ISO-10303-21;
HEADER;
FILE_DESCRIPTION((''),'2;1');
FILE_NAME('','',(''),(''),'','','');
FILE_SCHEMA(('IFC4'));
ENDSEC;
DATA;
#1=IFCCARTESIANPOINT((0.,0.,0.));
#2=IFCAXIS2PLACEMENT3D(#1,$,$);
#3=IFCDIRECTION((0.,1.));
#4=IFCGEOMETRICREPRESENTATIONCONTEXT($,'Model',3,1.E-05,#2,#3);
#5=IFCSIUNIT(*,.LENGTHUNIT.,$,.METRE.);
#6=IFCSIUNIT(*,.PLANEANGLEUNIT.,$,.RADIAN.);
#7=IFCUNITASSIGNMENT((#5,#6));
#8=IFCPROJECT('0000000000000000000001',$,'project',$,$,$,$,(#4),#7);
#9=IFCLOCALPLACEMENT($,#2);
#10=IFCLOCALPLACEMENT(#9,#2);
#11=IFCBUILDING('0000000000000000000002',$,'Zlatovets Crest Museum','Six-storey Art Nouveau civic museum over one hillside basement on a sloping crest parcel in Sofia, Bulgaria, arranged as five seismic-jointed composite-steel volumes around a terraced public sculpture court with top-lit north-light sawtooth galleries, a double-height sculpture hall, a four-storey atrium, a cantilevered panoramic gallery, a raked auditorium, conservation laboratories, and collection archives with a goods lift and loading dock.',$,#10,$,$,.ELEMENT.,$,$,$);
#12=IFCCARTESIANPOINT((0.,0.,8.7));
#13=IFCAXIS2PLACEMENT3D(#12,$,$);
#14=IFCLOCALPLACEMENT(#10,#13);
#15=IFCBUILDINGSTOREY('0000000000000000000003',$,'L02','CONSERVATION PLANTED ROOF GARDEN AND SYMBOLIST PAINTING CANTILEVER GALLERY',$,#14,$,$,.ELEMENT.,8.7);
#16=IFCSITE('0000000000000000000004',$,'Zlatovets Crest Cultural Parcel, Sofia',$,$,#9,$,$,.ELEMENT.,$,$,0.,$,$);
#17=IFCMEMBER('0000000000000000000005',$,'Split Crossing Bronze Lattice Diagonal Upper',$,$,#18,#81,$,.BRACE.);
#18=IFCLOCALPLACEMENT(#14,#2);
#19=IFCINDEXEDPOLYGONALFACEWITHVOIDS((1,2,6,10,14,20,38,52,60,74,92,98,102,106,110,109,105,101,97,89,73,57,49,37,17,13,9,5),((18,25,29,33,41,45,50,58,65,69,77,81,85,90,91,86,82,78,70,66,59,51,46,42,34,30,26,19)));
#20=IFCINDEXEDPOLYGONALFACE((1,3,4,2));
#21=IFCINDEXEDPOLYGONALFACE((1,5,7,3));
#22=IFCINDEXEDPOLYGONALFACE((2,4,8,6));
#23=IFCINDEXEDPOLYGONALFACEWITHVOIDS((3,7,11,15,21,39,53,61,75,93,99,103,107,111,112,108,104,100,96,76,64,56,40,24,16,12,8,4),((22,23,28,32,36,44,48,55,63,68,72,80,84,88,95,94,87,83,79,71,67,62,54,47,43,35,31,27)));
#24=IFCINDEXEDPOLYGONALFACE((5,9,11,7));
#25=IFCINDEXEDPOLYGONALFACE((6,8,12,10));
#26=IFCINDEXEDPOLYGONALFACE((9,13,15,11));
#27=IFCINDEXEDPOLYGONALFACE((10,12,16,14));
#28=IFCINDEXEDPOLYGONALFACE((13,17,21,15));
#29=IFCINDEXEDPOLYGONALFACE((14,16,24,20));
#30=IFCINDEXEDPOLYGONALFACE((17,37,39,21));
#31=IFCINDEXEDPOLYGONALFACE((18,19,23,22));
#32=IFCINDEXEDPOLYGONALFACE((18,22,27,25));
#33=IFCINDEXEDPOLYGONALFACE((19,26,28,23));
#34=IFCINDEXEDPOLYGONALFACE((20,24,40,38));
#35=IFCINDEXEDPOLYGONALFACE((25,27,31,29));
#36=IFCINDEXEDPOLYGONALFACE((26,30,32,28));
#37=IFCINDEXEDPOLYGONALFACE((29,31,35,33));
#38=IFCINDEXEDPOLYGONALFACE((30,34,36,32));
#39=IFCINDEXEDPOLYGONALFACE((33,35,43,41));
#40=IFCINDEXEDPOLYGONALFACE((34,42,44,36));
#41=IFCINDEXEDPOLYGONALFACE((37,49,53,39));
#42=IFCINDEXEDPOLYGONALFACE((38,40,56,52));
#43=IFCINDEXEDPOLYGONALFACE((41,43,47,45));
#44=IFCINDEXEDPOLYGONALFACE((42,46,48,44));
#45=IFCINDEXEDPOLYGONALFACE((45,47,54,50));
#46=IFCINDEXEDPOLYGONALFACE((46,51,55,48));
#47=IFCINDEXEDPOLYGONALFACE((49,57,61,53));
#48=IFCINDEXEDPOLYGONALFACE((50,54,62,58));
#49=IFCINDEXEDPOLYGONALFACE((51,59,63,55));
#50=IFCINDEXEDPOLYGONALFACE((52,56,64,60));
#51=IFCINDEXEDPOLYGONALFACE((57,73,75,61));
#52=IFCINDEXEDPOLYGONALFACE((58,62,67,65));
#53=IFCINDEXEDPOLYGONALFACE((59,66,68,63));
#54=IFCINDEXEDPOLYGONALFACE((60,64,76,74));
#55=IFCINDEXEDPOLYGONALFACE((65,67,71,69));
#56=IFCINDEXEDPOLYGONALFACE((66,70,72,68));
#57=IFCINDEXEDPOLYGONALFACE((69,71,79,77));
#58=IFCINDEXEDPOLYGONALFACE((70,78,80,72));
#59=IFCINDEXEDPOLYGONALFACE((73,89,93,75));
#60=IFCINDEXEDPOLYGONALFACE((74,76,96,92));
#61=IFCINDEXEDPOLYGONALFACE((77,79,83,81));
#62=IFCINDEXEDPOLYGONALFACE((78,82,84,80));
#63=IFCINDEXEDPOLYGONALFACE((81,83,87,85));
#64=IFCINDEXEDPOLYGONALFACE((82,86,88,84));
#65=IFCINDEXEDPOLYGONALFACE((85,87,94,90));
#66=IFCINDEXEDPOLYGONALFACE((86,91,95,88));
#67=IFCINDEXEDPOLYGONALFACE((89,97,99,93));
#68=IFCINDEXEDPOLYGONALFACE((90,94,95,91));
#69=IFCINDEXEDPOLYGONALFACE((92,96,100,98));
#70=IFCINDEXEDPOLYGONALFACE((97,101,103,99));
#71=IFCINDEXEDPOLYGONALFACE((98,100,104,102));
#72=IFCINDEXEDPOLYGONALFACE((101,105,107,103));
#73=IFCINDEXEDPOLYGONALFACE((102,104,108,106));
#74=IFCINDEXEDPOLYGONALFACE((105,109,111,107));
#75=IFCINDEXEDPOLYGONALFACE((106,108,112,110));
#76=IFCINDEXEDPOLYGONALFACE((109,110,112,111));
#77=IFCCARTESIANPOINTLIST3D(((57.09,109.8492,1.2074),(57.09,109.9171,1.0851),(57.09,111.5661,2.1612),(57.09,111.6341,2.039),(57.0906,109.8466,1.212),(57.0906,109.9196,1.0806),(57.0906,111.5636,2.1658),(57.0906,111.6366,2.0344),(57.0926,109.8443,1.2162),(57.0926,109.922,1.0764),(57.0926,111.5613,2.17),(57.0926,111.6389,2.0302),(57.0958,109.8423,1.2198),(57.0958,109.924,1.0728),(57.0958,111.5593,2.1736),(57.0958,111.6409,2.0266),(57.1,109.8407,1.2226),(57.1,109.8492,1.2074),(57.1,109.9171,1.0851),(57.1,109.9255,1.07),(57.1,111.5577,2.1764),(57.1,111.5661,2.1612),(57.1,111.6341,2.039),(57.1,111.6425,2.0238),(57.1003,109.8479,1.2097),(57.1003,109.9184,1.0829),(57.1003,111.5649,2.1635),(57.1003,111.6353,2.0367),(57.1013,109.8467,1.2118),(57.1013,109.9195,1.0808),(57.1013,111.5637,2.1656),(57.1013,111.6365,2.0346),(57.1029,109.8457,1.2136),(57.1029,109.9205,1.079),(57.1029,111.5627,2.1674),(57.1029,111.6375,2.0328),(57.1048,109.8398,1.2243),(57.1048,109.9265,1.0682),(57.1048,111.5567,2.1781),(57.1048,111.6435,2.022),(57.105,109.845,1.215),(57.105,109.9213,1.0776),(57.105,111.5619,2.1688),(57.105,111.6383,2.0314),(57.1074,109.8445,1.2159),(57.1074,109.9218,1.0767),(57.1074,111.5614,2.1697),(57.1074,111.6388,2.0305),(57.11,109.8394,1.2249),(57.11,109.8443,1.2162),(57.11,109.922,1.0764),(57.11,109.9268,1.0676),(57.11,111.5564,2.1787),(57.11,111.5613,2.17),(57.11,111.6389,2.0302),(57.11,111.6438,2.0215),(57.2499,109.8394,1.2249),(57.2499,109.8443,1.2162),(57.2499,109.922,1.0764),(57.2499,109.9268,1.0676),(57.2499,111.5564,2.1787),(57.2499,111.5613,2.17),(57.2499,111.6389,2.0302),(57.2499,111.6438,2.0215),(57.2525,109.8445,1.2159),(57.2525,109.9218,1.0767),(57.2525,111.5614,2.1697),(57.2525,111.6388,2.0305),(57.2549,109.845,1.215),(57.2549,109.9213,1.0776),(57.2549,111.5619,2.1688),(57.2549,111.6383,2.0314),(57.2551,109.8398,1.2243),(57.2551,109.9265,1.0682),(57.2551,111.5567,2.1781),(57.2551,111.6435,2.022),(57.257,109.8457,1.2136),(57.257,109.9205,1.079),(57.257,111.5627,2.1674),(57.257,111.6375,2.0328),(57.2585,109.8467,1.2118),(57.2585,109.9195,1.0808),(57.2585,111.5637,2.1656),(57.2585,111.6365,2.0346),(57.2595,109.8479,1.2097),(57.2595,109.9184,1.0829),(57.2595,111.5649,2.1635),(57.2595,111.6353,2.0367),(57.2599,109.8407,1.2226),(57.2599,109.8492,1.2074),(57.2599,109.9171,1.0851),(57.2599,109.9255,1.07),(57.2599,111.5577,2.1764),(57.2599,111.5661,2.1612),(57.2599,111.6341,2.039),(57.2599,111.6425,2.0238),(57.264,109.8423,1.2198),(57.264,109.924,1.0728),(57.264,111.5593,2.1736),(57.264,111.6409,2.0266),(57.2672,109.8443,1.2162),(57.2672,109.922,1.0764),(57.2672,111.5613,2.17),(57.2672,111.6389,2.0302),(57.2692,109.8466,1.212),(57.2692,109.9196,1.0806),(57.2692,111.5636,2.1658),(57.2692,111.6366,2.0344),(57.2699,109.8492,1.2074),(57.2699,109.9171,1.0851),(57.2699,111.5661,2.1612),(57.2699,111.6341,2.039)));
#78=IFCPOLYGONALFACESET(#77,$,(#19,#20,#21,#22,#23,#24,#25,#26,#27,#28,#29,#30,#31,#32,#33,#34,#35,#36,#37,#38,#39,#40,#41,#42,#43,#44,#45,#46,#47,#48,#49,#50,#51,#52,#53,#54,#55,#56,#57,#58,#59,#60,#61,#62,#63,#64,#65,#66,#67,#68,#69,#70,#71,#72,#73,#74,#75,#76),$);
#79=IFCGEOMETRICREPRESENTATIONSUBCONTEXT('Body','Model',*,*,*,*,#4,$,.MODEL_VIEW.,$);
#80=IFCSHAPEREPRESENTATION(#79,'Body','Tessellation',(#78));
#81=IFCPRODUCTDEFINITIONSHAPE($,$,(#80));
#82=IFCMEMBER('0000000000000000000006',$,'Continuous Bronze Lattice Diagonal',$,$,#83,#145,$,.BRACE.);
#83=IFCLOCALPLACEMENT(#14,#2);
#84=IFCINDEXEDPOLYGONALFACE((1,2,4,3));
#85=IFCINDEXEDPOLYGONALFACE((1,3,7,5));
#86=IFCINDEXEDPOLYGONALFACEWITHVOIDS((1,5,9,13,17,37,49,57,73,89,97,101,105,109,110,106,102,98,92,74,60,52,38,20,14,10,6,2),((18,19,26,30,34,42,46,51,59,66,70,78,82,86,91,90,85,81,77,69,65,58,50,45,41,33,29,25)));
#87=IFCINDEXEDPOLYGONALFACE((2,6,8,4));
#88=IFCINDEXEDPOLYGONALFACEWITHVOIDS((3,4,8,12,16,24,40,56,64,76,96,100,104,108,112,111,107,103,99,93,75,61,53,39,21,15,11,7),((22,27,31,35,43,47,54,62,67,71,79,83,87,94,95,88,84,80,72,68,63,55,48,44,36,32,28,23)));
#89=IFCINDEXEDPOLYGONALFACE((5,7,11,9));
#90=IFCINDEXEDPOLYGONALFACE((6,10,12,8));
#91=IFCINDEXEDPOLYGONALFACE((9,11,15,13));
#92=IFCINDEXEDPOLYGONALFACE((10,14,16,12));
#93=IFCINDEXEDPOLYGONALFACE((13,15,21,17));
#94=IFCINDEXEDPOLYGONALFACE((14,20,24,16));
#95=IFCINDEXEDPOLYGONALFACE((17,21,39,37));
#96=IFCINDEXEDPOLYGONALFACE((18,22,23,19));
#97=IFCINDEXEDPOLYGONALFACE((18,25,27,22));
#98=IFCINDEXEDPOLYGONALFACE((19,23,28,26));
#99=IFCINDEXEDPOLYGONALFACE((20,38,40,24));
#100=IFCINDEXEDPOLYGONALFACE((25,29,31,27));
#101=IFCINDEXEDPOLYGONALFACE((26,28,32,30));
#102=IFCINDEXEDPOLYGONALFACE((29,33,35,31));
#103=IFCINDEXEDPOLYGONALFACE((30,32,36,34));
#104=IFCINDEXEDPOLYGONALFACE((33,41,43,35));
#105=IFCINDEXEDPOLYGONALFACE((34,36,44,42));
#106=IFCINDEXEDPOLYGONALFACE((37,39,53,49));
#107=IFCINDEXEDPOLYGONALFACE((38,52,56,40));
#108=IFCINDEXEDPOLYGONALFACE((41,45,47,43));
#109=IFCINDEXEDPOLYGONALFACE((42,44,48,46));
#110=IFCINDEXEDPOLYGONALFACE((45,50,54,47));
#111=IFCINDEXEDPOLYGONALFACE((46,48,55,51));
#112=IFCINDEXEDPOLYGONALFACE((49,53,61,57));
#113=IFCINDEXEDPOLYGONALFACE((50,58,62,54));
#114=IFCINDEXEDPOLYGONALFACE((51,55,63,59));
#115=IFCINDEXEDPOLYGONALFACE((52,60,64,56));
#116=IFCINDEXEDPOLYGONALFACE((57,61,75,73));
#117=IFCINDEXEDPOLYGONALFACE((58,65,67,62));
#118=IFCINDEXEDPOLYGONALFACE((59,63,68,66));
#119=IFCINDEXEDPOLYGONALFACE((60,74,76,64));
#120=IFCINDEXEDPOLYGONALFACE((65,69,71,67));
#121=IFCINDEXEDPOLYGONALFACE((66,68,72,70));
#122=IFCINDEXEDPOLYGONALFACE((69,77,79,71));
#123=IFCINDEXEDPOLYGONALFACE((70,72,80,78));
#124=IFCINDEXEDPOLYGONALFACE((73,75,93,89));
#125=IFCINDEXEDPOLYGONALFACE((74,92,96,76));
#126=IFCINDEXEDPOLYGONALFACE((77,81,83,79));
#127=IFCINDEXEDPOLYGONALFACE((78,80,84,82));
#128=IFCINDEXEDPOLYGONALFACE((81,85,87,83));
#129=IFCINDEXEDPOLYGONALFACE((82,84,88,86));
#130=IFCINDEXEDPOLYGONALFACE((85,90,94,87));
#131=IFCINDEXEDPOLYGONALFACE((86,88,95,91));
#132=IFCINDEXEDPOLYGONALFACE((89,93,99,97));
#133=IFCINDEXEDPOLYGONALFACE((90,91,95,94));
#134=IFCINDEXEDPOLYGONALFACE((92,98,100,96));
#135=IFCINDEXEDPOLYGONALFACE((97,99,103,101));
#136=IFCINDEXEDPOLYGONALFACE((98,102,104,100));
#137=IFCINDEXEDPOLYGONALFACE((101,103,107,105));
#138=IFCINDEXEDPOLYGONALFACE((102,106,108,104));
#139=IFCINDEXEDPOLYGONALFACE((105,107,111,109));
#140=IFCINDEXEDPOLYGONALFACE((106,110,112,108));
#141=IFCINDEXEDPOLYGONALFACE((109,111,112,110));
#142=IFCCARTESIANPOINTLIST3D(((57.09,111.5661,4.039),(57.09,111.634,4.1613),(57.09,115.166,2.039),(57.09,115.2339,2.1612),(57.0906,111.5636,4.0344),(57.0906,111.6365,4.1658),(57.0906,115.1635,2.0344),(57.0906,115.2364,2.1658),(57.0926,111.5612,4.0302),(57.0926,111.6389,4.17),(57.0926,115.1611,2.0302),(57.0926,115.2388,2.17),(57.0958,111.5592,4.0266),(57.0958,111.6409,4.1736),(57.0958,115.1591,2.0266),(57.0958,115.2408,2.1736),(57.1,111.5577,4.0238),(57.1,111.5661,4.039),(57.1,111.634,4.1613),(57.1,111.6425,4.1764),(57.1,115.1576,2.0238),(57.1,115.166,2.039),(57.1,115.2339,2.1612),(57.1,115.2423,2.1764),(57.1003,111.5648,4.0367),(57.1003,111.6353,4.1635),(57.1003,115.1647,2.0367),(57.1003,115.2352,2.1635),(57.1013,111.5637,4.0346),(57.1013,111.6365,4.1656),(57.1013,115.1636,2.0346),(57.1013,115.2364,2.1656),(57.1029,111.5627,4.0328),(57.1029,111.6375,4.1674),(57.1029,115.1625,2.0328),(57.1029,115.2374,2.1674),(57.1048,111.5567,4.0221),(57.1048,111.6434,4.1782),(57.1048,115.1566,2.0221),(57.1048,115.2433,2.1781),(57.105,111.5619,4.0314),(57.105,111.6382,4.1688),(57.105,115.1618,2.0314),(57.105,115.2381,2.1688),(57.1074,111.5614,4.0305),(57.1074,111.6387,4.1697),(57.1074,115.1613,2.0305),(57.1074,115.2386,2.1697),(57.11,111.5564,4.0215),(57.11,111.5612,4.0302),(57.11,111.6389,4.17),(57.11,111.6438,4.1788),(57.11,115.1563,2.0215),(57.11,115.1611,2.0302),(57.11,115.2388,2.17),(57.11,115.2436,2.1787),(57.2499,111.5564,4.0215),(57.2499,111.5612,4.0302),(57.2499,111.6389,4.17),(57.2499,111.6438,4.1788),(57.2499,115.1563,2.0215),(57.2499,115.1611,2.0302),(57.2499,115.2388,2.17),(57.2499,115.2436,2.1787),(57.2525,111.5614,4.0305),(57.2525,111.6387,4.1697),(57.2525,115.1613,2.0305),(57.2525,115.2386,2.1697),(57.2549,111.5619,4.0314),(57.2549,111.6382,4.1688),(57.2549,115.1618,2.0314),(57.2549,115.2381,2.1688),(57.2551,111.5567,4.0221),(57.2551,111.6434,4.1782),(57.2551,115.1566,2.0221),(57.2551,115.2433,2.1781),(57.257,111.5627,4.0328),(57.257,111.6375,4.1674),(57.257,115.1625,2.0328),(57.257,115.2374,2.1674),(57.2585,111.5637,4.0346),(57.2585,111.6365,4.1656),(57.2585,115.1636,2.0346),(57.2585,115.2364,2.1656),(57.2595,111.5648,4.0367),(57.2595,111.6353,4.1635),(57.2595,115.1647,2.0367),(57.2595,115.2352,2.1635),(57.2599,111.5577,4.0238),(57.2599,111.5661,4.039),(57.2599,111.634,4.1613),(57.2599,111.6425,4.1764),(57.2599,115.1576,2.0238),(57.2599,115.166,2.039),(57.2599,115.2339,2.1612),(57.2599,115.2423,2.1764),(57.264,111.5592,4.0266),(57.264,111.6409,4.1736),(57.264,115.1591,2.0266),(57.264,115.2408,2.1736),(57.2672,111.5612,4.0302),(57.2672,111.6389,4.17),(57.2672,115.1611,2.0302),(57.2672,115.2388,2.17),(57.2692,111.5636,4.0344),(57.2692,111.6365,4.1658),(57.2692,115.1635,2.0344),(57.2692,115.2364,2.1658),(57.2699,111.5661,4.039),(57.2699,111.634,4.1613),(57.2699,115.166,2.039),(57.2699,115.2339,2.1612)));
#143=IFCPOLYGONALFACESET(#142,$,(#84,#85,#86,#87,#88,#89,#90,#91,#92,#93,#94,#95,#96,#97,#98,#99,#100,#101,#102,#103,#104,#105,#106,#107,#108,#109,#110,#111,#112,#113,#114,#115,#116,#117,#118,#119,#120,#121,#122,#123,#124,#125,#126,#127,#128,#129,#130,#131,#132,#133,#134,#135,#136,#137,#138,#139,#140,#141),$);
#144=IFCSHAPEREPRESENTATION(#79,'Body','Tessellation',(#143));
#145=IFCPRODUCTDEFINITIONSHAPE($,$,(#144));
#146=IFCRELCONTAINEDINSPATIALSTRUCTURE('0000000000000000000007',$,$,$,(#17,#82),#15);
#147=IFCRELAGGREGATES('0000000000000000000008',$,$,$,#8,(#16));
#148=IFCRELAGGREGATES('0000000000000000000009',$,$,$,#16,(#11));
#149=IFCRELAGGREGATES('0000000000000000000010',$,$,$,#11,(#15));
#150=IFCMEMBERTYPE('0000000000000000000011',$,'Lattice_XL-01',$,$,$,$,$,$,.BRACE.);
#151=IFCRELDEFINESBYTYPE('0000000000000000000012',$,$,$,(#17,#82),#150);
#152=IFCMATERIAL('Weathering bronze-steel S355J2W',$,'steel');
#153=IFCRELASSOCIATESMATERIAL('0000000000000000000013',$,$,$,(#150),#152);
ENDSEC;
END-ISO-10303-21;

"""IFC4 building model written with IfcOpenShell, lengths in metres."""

from ifc_helpers import new_model, si_unit, direction, frame, origin, origin_2d, place, context, subcontext, project, spatial, hollow_rectangle, extrude, material, material_profile, profile_set, type_object, element, save


model = new_model("IFC4")

# Units and contexts
model_context = context("Model", 3, precision=1e-05, world=origin(), true_north=direction((0.0, 1.0)))
body_context = subcontext(model_context, "Body", "Model", "MODEL_VIEW")
ifc_project = project(units=[si_unit("LENGTHUNIT", "METRE"), si_unit("PLANEANGLEUNIT", "RADIAN")], contexts=[model_context])

# Site, building, storey
site_placement = place(None, origin())
site = spatial("IfcSite", under=ifc_project, at=site_placement, Name="Zlatovets Crest Cultural Parcel, Sofia", CompositionType="ELEMENT", RefElevation=0.0)
building_placement = place(site_placement, origin())
building = spatial("IfcBuilding", under=site, at=building_placement, Name="Zlatovets Crest Museum", Description="Six-storey Art Nouveau civic museum over one hillside basement on a sloping crest parcel in Sofia, Bulgaria, arranged as five seismic-jointed composite-steel volumes around a terraced public sculpture court with top-lit north-light sawtooth galleries, a double-height sculpture hall, a four-storey atrium, a cantilevered panoramic gallery, a raked auditorium, conservation laboratories, and collection archives with a goods lift and loading dock.", CompositionType="ELEMENT")
storey_placement = place(building_placement, frame((0.0, 0.0, 8.7)))
storey = spatial("IfcBuildingStorey", under=building, at=storey_placement, Name="L02", Description="CONSERVATION PLANTED ROOF GARDEN AND SYMBOLIST PAINTING CANTILEVER GALLERY", CompositionType="ELEMENT", Elevation=8.7)

# Members
ifc_material_1 = material(Name="Weathering bronze-steel S355J2W", Category="steel")
ifc_material_profile_1 = material_profile(ifc_material_1, hollow_rectangle(XDim=0.1799, YDim=0.1799, WallThickness=0.01, InnerFilletRadius=0.01, OuterFilletRadius=0.02, at=origin_2d()), Name="SHS 180x180x10.0")
ifc_profile_set_1 = profile_set([ifc_material_profile_1], Name="Weathering bronze-steel S355J2W")
member_type_1 = type_object("IfcMemberType", Name="Lattice_XL-01", PredefinedType="BRACE", material=ifc_profile_set_1)
member_1_placement = place(storey_placement, frame((57.1799, 111.6001, 2.1001), z_axis=(0.0, -0.874169, -0.485622), x_axis=(1.0, 0.0, 0.0)))
element("IfcMember", 1, at=member_1_placement, inside=storey, type_object=member_type_1, Name="Split Crossing Bronze Lattice Diagonal Upper", PredefinedType="BRACE", context=body_context, shape_type="SweptSolid", body=[
    extrude(hollow_rectangle(XDim=0.1799, YDim=0.1799, WallThickness=0.01, InnerFilletRadius=0.01, OuterFilletRadius=0.02, at=origin_2d()), origin(), (0.0, 0.0, 1.0), 1.9641),
])
member_2_placement = place(storey_placement, frame((57.1799, 115.2, 2.1001), z_axis=(0.0, -0.874149, 0.485658), x_axis=(1.0, 0.0, 0.0)))
element("IfcMember", 2, at=member_2_placement, inside=storey, type_object=member_type_1, Name="Continuous Bronze Lattice Diagonal", PredefinedType="BRACE", context=body_context, shape_type="SweptSolid", body=[
    extrude(hollow_rectangle(XDim=0.1799, YDim=0.1799, WallThickness=0.01, InnerFilletRadius=0.01, OuterFilletRadius=0.02, at=origin_2d()), origin(), (0.0, 0.0, 1.0), 4.1182),
])

save(model, "model.ifc")
